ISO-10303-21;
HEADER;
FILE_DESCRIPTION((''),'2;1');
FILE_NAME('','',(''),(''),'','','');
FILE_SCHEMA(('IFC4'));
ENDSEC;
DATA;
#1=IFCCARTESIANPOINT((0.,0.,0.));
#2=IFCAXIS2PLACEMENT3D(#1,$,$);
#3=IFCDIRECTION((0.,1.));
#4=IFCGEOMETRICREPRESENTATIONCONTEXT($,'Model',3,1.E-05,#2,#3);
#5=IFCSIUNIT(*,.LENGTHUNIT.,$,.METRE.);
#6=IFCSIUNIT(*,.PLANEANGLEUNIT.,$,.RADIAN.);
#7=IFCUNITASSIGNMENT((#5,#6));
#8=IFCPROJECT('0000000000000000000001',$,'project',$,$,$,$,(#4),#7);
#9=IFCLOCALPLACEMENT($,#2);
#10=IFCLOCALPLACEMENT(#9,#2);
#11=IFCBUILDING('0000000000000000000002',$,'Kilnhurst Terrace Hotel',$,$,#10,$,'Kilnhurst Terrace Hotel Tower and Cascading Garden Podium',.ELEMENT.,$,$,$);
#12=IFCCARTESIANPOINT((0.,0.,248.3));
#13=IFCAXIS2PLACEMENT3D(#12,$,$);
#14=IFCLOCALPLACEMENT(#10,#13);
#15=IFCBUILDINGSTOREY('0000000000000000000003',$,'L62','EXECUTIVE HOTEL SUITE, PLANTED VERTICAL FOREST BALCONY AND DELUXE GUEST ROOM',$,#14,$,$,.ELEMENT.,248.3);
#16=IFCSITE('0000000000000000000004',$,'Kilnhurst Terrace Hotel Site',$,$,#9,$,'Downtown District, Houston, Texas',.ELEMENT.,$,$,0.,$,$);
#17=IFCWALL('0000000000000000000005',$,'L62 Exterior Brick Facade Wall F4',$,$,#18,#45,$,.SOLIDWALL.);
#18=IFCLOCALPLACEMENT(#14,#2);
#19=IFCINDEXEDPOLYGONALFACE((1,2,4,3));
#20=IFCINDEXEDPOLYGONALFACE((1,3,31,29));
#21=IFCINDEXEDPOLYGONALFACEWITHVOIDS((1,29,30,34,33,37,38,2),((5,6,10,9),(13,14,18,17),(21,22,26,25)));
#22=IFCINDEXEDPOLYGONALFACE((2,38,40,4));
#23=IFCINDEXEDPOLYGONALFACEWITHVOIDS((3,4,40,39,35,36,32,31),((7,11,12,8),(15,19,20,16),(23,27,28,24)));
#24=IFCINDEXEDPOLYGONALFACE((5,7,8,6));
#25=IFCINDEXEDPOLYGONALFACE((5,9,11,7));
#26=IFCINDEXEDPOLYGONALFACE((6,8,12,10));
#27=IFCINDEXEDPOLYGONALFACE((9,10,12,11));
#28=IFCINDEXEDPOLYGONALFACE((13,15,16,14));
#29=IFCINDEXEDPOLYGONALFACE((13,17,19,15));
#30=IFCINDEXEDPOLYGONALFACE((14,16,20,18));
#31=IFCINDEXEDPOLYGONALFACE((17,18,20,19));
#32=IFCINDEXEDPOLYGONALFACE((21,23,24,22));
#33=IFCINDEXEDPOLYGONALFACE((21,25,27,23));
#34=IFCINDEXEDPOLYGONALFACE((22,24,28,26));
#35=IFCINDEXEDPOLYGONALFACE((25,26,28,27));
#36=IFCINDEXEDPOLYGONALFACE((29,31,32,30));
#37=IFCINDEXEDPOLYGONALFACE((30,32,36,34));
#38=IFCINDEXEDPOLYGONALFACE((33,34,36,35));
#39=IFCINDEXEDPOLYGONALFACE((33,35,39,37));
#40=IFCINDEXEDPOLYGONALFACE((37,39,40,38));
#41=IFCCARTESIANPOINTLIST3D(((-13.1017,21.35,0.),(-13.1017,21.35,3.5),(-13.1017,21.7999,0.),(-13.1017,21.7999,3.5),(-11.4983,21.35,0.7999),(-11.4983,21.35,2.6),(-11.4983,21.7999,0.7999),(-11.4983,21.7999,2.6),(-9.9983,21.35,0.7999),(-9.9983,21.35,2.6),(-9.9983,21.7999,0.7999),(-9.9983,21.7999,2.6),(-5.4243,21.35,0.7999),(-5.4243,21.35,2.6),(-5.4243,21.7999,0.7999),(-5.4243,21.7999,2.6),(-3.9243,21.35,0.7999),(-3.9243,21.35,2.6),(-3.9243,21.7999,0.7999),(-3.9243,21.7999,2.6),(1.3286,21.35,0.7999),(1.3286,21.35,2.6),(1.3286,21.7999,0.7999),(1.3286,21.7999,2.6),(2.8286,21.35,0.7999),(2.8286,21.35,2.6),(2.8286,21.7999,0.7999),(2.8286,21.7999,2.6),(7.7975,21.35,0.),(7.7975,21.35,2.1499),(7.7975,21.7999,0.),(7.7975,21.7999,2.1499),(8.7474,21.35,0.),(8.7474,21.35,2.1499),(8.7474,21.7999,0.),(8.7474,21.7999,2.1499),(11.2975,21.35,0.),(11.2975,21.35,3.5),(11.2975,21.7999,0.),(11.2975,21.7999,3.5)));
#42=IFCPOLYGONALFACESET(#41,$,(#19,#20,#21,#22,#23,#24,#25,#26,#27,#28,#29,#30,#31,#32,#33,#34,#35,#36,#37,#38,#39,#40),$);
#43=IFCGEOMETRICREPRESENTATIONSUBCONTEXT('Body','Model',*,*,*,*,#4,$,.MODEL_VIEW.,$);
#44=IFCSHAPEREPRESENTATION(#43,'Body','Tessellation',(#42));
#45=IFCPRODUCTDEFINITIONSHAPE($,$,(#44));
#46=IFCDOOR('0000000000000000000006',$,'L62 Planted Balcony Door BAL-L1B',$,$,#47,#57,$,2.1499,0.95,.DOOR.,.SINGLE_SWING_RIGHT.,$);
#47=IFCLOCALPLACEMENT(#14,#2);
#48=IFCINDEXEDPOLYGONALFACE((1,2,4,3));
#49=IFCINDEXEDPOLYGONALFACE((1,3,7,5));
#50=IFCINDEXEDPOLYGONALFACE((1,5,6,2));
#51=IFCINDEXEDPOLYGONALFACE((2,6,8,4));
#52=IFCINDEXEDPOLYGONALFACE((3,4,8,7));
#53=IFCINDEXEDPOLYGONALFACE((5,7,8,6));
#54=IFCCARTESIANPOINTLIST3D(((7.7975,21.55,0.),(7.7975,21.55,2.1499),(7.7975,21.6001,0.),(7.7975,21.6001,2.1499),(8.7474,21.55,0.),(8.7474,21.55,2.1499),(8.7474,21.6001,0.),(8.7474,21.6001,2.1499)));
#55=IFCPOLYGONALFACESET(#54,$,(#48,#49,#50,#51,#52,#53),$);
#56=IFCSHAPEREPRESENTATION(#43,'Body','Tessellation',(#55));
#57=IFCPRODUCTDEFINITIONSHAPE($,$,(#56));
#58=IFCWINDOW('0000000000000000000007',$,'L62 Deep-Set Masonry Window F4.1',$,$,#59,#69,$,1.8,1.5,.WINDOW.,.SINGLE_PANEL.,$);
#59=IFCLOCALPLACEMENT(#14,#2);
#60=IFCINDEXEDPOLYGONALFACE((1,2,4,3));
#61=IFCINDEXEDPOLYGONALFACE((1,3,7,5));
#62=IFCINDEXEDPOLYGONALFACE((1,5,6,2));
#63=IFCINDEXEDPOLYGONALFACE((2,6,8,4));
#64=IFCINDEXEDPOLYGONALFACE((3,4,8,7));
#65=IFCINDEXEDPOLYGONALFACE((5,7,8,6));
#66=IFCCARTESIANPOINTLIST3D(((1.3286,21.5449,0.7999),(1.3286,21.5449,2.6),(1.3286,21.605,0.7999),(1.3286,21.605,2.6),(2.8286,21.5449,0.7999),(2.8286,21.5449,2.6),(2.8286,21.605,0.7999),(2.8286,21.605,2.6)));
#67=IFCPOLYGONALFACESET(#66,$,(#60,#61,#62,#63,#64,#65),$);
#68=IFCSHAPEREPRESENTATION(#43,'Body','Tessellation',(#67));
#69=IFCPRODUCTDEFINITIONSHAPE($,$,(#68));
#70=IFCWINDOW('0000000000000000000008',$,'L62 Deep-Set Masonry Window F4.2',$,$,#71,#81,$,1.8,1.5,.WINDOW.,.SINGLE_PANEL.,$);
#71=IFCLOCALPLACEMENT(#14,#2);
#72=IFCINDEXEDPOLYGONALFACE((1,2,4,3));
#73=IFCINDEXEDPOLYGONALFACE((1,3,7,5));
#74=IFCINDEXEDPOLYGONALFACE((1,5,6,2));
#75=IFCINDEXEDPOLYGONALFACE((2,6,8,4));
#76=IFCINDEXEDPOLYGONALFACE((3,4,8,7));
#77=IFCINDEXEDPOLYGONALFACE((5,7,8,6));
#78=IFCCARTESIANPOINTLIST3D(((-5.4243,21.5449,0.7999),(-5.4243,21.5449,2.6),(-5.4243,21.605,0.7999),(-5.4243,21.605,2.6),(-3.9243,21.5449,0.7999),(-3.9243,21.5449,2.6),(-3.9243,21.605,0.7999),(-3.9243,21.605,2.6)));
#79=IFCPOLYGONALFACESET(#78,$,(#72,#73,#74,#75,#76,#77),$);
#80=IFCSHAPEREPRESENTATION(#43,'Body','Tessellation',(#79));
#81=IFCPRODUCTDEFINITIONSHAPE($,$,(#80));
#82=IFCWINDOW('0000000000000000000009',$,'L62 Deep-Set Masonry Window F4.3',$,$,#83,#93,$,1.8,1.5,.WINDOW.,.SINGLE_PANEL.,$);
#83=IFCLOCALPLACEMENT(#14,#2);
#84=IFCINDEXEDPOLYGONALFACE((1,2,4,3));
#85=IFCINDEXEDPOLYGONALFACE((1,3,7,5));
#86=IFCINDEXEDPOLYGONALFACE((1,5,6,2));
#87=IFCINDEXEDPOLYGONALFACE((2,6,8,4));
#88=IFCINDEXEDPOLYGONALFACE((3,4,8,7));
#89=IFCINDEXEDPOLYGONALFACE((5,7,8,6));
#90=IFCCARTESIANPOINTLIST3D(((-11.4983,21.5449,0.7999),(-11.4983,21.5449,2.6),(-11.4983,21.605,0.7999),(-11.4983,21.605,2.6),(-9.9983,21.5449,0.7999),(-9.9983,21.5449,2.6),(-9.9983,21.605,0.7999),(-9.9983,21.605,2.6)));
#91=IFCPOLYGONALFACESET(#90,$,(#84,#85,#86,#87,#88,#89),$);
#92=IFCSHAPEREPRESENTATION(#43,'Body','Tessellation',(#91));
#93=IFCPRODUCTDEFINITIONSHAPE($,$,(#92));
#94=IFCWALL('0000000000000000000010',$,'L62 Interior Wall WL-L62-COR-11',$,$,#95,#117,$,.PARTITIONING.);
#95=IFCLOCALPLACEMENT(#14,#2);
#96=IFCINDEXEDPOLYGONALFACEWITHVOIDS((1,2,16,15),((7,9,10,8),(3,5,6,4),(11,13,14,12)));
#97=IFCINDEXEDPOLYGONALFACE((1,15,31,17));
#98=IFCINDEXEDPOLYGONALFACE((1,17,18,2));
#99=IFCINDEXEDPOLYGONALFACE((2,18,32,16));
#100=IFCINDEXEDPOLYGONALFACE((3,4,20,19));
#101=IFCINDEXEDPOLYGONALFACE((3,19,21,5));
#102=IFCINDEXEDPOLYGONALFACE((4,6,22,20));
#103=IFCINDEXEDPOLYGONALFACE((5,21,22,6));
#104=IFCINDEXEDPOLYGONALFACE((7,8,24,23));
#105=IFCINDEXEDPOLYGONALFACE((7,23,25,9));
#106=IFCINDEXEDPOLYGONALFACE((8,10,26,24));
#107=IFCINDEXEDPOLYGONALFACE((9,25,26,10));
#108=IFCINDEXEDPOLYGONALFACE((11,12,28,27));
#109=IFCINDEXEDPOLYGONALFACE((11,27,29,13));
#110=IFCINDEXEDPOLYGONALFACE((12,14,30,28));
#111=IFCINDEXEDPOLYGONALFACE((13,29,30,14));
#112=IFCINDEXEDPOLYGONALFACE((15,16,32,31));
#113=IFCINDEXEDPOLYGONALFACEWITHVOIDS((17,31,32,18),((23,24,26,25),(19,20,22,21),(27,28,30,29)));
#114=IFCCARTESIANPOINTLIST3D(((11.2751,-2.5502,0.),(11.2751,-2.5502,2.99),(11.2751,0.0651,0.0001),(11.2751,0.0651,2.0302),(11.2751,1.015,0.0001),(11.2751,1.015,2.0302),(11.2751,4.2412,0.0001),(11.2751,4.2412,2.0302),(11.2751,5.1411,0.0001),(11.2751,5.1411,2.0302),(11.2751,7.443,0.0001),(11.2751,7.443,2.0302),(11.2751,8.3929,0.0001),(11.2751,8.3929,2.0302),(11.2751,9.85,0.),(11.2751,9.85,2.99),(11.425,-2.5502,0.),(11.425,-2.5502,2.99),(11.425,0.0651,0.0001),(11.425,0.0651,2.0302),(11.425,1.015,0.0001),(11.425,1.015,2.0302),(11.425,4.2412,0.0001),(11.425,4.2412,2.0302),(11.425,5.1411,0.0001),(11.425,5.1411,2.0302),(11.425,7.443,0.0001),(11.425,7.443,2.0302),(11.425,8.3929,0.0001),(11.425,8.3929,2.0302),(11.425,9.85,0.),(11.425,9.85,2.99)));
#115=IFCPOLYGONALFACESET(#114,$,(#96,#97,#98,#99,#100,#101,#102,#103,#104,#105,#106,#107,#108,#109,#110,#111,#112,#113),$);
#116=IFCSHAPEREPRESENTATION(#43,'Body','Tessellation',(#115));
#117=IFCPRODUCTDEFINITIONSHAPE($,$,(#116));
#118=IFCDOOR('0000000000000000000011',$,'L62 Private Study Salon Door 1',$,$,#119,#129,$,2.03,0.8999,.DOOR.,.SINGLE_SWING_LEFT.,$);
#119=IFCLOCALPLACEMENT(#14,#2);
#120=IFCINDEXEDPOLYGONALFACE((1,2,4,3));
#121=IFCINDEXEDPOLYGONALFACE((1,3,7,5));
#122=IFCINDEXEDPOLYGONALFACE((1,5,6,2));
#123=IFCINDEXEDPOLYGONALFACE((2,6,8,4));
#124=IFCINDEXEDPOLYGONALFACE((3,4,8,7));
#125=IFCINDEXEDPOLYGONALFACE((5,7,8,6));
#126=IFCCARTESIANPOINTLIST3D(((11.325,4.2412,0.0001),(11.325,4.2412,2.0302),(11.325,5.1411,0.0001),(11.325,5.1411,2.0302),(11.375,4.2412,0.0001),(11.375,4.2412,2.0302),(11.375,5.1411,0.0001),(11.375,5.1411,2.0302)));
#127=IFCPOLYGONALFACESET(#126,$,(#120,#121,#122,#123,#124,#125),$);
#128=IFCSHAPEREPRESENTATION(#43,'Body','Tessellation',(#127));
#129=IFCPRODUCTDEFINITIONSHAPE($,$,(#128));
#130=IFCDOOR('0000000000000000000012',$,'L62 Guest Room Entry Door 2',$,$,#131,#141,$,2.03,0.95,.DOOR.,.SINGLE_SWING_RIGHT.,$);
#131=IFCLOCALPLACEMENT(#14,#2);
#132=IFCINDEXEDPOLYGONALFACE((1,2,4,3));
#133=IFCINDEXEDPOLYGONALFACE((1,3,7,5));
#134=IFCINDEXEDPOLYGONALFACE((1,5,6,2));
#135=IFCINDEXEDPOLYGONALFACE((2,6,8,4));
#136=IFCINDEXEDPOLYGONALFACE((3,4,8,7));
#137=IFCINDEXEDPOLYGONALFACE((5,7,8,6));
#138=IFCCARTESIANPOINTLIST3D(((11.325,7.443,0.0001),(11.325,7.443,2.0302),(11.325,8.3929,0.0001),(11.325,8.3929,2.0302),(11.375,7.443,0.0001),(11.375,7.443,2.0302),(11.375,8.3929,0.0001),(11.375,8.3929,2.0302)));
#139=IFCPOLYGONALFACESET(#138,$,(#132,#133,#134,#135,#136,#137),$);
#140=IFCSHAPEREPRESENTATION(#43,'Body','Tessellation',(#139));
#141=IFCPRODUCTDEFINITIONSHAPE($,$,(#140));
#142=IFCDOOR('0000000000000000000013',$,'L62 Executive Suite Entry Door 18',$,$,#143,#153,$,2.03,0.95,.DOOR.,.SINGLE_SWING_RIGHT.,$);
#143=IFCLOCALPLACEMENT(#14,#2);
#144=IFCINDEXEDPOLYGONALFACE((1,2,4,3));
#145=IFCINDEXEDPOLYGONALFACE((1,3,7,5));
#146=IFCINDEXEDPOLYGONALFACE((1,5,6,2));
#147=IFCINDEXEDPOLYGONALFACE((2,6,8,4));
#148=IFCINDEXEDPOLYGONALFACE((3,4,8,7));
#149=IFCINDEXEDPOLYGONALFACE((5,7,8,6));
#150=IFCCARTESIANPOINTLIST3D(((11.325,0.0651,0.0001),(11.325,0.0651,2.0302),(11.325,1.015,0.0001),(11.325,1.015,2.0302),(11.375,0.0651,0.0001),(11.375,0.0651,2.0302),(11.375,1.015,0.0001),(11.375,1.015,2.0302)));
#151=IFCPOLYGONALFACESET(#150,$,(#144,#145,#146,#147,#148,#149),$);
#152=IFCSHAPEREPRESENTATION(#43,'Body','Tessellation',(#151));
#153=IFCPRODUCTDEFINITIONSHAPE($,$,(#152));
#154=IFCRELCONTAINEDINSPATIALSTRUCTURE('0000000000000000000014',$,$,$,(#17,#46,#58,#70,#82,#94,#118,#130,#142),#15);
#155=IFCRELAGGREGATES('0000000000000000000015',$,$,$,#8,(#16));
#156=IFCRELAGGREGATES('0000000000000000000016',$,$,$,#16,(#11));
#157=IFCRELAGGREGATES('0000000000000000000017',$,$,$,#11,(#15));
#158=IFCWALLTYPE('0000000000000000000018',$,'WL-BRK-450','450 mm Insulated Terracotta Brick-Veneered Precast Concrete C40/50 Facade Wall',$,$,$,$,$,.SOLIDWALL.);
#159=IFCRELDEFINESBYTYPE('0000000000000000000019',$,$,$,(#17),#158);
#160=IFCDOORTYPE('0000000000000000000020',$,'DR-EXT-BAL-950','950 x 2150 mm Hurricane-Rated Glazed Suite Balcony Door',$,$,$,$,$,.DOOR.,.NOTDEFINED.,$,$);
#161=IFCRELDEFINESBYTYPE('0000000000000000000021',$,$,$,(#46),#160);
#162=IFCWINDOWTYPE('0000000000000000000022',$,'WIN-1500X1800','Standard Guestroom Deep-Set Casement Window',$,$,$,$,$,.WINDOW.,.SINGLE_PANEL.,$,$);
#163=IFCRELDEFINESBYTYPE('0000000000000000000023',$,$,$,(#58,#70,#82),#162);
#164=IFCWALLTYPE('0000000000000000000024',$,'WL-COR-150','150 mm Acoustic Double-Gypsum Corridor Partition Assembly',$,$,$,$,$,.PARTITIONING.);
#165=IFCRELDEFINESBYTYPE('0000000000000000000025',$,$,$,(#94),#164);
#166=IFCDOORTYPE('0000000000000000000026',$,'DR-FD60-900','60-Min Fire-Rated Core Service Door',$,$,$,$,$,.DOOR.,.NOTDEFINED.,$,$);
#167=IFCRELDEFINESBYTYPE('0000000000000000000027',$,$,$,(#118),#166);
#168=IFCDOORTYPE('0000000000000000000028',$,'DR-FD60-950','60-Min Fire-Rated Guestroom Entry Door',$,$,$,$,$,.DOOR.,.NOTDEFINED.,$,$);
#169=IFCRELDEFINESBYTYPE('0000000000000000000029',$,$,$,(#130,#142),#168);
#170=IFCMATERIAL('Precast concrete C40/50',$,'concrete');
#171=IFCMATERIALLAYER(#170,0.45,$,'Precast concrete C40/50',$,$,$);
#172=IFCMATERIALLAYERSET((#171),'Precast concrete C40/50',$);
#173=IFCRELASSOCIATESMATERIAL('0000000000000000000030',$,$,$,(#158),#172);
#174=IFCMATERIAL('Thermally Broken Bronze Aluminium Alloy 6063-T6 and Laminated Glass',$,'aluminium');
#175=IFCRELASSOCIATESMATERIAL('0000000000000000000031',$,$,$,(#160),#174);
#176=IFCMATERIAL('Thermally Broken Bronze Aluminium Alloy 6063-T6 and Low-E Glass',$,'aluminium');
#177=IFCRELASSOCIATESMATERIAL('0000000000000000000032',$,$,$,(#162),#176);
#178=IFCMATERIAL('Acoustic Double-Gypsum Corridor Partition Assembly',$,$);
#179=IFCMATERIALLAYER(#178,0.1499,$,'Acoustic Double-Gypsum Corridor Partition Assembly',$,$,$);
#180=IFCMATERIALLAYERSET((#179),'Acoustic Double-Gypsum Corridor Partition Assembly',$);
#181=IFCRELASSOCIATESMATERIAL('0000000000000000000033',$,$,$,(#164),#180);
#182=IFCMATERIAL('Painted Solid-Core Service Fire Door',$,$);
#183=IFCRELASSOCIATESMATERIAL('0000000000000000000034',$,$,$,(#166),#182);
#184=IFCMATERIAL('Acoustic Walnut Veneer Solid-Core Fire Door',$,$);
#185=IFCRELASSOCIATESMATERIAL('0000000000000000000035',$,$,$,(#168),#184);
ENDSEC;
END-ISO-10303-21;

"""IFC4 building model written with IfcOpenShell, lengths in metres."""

from ifc_helpers import new_model, si_unit, direction, frame, frame_2d, origin, place, context, subcontext, project, spatial, rectangle, extrude, material, layer, layer_set, type_object, element, fill, save


model = new_model("IFC4")

# Units and contexts
model_context = context("Model", 3, precision=1e-05, world=origin(), true_north=direction((0.0, 1.0)))
body_context = subcontext(model_context, "Body", "Model", "MODEL_VIEW")
ifc_project = project(units=[si_unit("LENGTHUNIT", "METRE"), si_unit("PLANEANGLEUNIT", "RADIAN")], contexts=[model_context])

# Site, building, storey
site_placement = place(None, origin())
site = spatial("IfcSite", under=ifc_project, at=site_placement, Name="Kilnhurst Terrace Hotel Site", LongName="Downtown District, Houston, Texas", CompositionType="ELEMENT", RefElevation=0.0)
building_placement = place(site_placement, origin())
building = spatial("IfcBuilding", under=site, at=building_placement, Name="Kilnhurst Terrace Hotel", LongName="Kilnhurst Terrace Hotel Tower and Cascading Garden Podium", CompositionType="ELEMENT")
storey_placement = place(building_placement, frame((0.0, 0.0, 248.3)))
storey = spatial("IfcBuildingStorey", under=building, at=storey_placement, Name="L62", Description="EXECUTIVE HOTEL SUITE, PLANTED VERTICAL FOREST BALCONY AND DELUXE GUEST ROOM", CompositionType="ELEMENT", Elevation=248.3)

# Shared definitions
ifc_material_1 = material(Name="Precast concrete C40/50", Category="concrete")
ifc_layer_1 = layer(ifc_material_1, 0.45, Name="Precast concrete C40/50")
ifc_layer_set_1 = layer_set([ifc_layer_1], Name="Precast concrete C40/50")
wall_type_1 = type_object("IfcWallType", Name="WL-BRK-450", Description="450 mm Insulated Terracotta Brick-Veneered Precast Concrete C40/50 Facade Wall", PredefinedType="SOLIDWALL", material=ifc_layer_set_1)

# Wall, openings, door, windows
wall_1_placement = place(storey_placement, frame((11.2976, 21.575, 0.0), z_axis=(0.0, 0.0, 1.0), x_axis=(-1.0, 0.0, 0.0)))
wall_1 = element("IfcWall", 1, at=wall_1_placement, inside=storey, type_object=wall_type_1, Name="L62 Exterior Brick Facade Wall F4", PredefinedType="SOLIDWALL", context=body_context, shape_type="SweptSolid", body=[
    extrude(rectangle(XDim=24.3992, YDim=0.45, at=frame_2d((12.1997, 0.0))), origin(), (0.0, 0.0, 1.0), 3.5),
])
opening_1_placement = place(wall_1_placement, frame((2.55, 0.0, 0.0)))
opening_1 = element("IfcOpeningElement", 2, at=opening_1_placement, cuts=wall_1, PredefinedType="OPENING", context=body_context, shape_type="SweptSolid", body=[
    extrude(rectangle(XDim=0.95, YDim=2.1499, at=frame_2d((0.4751, 1.075))), frame((0.0, 0.2349, 0.0), z_axis=(0.0, -1.0, 0.0), x_axis=(1.0, 0.0, 0.0)), (0.0, 0.0, 1.0), 0.47),
])
opening_2_placement = place(wall_1_placement, frame((8.469, 0.0, 0.8)))
opening_2 = element("IfcOpeningElement", 3, at=opening_2_placement, cuts=wall_1, PredefinedType="OPENING", context=body_context, shape_type="SweptSolid", body=[
    extrude(rectangle(XDim=1.5, YDim=1.8, at=frame_2d((0.75, 0.8999))), frame((0.0, 0.2349, 0.0), z_axis=(0.0, -1.0, 0.0), x_axis=(1.0, 0.0, 0.0)), (0.0, 0.0, 1.0), 0.47),
])
opening_3_placement = place(wall_1_placement, frame((15.2219, 0.0, 0.8)))
opening_3 = element("IfcOpeningElement", 4, at=opening_3_placement, cuts=wall_1, PredefinedType="OPENING", context=body_context, shape_type="SweptSolid", body=[
    extrude(rectangle(XDim=1.5, YDim=1.8, at=frame_2d((0.75, 0.8999))), frame((0.0, 0.2349, 0.0), z_axis=(0.0, -1.0, 0.0), x_axis=(1.0, 0.0, 0.0)), (0.0, 0.0, 1.0), 0.47),
])
opening_4_placement = place(wall_1_placement, frame((21.2959, 0.0, 0.8)))
opening_4 = element("IfcOpeningElement", 5, at=opening_4_placement, cuts=wall_1, PredefinedType="OPENING", context=body_context, shape_type="SweptSolid", body=[
    extrude(rectangle(XDim=1.5, YDim=1.8, at=frame_2d((0.75, 0.8999))), frame((0.0, 0.2349, 0.0), z_axis=(0.0, -1.0, 0.0), x_axis=(1.0, 0.0, 0.0)), (0.0, 0.0, 1.0), 0.47),
])
ifc_material_2 = material(Name="Thermally Broken Bronze Aluminium Alloy 6063-T6 and Laminated Glass", Category="aluminium")
door_type_1 = type_object("IfcDoorType", Name="DR-EXT-BAL-950", Description="950 x 2150 mm Hurricane-Rated Glazed Suite Balcony Door", OperationType="NOTDEFINED", PredefinedType="DOOR", material=ifc_material_2)
door_1_placement = place(opening_1_placement, origin())
door_1 = element("IfcDoor", 6, at=door_1_placement, inside=storey, type_object=door_type_1, Name="L62 Planted Balcony Door BAL-L1B", OperationType="SINGLE_SWING_RIGHT", OverallHeight=2.1499, OverallWidth=0.95, PredefinedType="DOOR", context=body_context, shape_type="SweptSolid", body=[
    extrude(rectangle(XDim=0.95, YDim=2.1499, at=frame_2d((0.4751, 1.075))), frame((0.0, 0.0249, 0.0), z_axis=(0.0, -1.0, 0.0), x_axis=(1.0, 0.0, 0.0)), (0.0, 0.0, 1.0), 0.05),
])
fill(opening_1, door_1)
ifc_material_3 = material(Name="Thermally Broken Bronze Aluminium Alloy 6063-T6 and Low-E Glass", Category="aluminium")
window_type = type_object("IfcWindowType", Name="WIN-1500X1800", Description="Standard Guestroom Deep-Set Casement Window", PartitioningType="SINGLE_PANEL", PredefinedType="WINDOW", material=ifc_material_3)
window_1_placement = place(opening_2_placement, origin())
window_1 = element("IfcWindow", 7, at=window_1_placement, inside=storey, type_object=window_type, Name="L62 Deep-Set Masonry Window F4.1", OverallHeight=1.8, OverallWidth=1.5, PartitioningType="SINGLE_PANEL", PredefinedType="WINDOW", context=body_context, shape_type="SweptSolid", body=[
    extrude(rectangle(XDim=1.5, YDim=1.8, at=frame_2d((0.75, 0.8999))), frame((0.0, 0.03, 0.0), z_axis=(0.0, -1.0, 0.0), x_axis=(1.0, 0.0, 0.0)), (0.0, 0.0, 1.0), 0.0601),
])
fill(opening_2, window_1)
window_2_placement = place(opening_3_placement, origin())
window_2 = element("IfcWindow", 8, at=window_2_placement, inside=storey, type_object=window_type, Name="L62 Deep-Set Masonry Window F4.2", OverallHeight=1.8, OverallWidth=1.5, PartitioningType="SINGLE_PANEL", PredefinedType="WINDOW", context=body_context, shape_type="SweptSolid", body=[
    extrude(rectangle(XDim=1.5, YDim=1.8, at=frame_2d((0.75, 0.8999))), frame((0.0, 0.03, 0.0), z_axis=(0.0, -1.0, 0.0), x_axis=(1.0, 0.0, 0.0)), (0.0, 0.0, 1.0), 0.0601),
])
fill(opening_3, window_2)
window_3_placement = place(opening_4_placement, origin())
window_3 = element("IfcWindow", 9, at=window_3_placement, inside=storey, type_object=window_type, Name="L62 Deep-Set Masonry Window F4.3", OverallHeight=1.8, OverallWidth=1.5, PartitioningType="SINGLE_PANEL", PredefinedType="WINDOW", context=body_context, shape_type="SweptSolid", body=[
    extrude(rectangle(XDim=1.5, YDim=1.8, at=frame_2d((0.75, 0.8999))), frame((0.0, 0.03, 0.0), z_axis=(0.0, -1.0, 0.0), x_axis=(1.0, 0.0, 0.0)), (0.0, 0.0, 1.0), 0.0601),
])
fill(opening_4, window_3)

# Wall, openings, doors
ifc_material_4 = material(Name="Acoustic Double-Gypsum Corridor Partition Assembly")
ifc_layer_2 = layer(ifc_material_4, 0.1499, Name="Acoustic Double-Gypsum Corridor Partition Assembly")
ifc_layer_set_2 = layer_set([ifc_layer_2], Name="Acoustic Double-Gypsum Corridor Partition Assembly")
wall_type_2 = type_object("IfcWallType", Name="WL-COR-150", Description="150 mm Acoustic Double-Gypsum Corridor Partition Assembly", PredefinedType="PARTITIONING", material=ifc_layer_set_2)
wall_2_placement = place(storey_placement, frame((11.3501, 9.8501, 0.0), z_axis=(0.0, 0.0, 1.0), x_axis=(0.0, -1.0, 0.0)))
wall_2 = element("IfcWall", 10, at=wall_2_placement, inside=storey, type_object=wall_type_2, Name="L62 Interior Wall WL-L62-COR-11", PredefinedType="PARTITIONING", context=body_context, shape_type="SweptSolid", body=[
    extrude(rectangle(XDim=12.4001, YDim=0.1499, at=frame_2d((6.2002, 0.0))), origin(), (0.0, 0.0, 1.0), 2.99),
])
opening_5_placement = place(wall_2_placement, frame((4.709, 0.0, 0.0)))
opening_5 = element("IfcOpeningElement", 11, at=opening_5_placement, cuts=wall_2, PredefinedType="OPENING", context=body_context, shape_type="SweptSolid", body=[
    extrude(rectangle(XDim=0.8999, YDim=2.03, at=frame_2d((0.45, 1.0151))), frame((0.0, 0.085, 0.0), z_axis=(0.0, -1.0, 0.0), x_axis=(1.0, 0.0, 0.0)), (0.0, 0.0, 1.0), 0.1699),
])
opening_6_placement = place(wall_2_placement, frame((1.457, 0.0, 0.0)))
opening_6 = element("IfcOpeningElement", 12, at=opening_6_placement, cuts=wall_2, PredefinedType="OPENING", context=body_context, shape_type="SweptSolid", body=[
    extrude(rectangle(XDim=0.95, YDim=2.03, at=frame_2d((0.4751, 1.0151))), frame((0.0, 0.085, 0.0), z_axis=(0.0, -1.0, 0.0), x_axis=(1.0, 0.0, 0.0)), (0.0, 0.0, 1.0), 0.1699),
])
opening_7_placement = place(wall_2_placement, frame((8.835, 0.0, 0.0)))
opening_7 = element("IfcOpeningElement", 13, at=opening_7_placement, cuts=wall_2, PredefinedType="OPENING", context=body_context, shape_type="SweptSolid", body=[
    extrude(rectangle(XDim=0.95, YDim=2.03, at=frame_2d((0.4751, 1.0151))), frame((0.0, 0.085, 0.0), z_axis=(0.0, -1.0, 0.0), x_axis=(1.0, 0.0, 0.0)), (0.0, 0.0, 1.0), 0.1699),
])
ifc_material_5 = material(Name="Painted Solid-Core Service Fire Door")
door_type_2 = type_object("IfcDoorType", Name="DR-FD60-900", Description="60-Min Fire-Rated Core Service Door", OperationType="NOTDEFINED", PredefinedType="DOOR", material=ifc_material_5)
door_2_placement = place(opening_5_placement, origin())
door_2 = element("IfcDoor", 14, at=door_2_placement, inside=storey, type_object=door_type_2, Name="L62 Private Study Salon Door 1", OperationType="SINGLE_SWING_LEFT", OverallHeight=2.03, OverallWidth=0.8999, PredefinedType="DOOR", context=body_context, shape_type="SweptSolid", body=[
    extrude(rectangle(XDim=0.8999, YDim=2.03, at=frame_2d((0.45, 1.0151))), frame((0.0, 0.0249, 0.0), z_axis=(0.0, -1.0, 0.0), x_axis=(1.0, 0.0, 0.0)), (0.0, 0.0, 1.0), 0.05),
])
fill(opening_5, door_2)
ifc_material_6 = material(Name="Acoustic Walnut Veneer Solid-Core Fire Door")
door_type_3 = type_object("IfcDoorType", Name="DR-FD60-950", Description="60-Min Fire-Rated Guestroom Entry Door", OperationType="NOTDEFINED", PredefinedType="DOOR", material=ifc_material_6)
door_3_placement = place(opening_6_placement, origin())
door_3 = element("IfcDoor", 15, at=door_3_placement, inside=storey, type_object=door_type_3, Name="L62 Guest Room Entry Door 2", OperationType="SINGLE_SWING_RIGHT", OverallHeight=2.03, OverallWidth=0.95, PredefinedType="DOOR", context=body_context, shape_type="SweptSolid", body=[
    extrude(rectangle(XDim=0.95, YDim=2.03, at=frame_2d((0.4751, 1.0151))), frame((0.0, 0.0249, 0.0), z_axis=(0.0, -1.0, 0.0), x_axis=(1.0, 0.0, 0.0)), (0.0, 0.0, 1.0), 0.05),
])
fill(opening_6, door_3)
door_4_placement = place(opening_7_placement, origin())
door_4 = element("IfcDoor", 16, at=door_4_placement, inside=storey, type_object=door_type_3, Name="L62 Executive Suite Entry Door 18", OperationType="SINGLE_SWING_RIGHT", OverallHeight=2.03, OverallWidth=0.95, PredefinedType="DOOR", context=body_context, shape_type="SweptSolid", body=[
    extrude(rectangle(XDim=0.95, YDim=2.03, at=frame_2d((0.4751, 1.0151))), frame((0.0, 0.0249, 0.0), z_axis=(0.0, -1.0, 0.0), x_axis=(1.0, 0.0, 0.0)), (0.0, 0.0, 1.0), 0.05),
])
fill(opening_7, door_4)

save(model, "model.ifc")
